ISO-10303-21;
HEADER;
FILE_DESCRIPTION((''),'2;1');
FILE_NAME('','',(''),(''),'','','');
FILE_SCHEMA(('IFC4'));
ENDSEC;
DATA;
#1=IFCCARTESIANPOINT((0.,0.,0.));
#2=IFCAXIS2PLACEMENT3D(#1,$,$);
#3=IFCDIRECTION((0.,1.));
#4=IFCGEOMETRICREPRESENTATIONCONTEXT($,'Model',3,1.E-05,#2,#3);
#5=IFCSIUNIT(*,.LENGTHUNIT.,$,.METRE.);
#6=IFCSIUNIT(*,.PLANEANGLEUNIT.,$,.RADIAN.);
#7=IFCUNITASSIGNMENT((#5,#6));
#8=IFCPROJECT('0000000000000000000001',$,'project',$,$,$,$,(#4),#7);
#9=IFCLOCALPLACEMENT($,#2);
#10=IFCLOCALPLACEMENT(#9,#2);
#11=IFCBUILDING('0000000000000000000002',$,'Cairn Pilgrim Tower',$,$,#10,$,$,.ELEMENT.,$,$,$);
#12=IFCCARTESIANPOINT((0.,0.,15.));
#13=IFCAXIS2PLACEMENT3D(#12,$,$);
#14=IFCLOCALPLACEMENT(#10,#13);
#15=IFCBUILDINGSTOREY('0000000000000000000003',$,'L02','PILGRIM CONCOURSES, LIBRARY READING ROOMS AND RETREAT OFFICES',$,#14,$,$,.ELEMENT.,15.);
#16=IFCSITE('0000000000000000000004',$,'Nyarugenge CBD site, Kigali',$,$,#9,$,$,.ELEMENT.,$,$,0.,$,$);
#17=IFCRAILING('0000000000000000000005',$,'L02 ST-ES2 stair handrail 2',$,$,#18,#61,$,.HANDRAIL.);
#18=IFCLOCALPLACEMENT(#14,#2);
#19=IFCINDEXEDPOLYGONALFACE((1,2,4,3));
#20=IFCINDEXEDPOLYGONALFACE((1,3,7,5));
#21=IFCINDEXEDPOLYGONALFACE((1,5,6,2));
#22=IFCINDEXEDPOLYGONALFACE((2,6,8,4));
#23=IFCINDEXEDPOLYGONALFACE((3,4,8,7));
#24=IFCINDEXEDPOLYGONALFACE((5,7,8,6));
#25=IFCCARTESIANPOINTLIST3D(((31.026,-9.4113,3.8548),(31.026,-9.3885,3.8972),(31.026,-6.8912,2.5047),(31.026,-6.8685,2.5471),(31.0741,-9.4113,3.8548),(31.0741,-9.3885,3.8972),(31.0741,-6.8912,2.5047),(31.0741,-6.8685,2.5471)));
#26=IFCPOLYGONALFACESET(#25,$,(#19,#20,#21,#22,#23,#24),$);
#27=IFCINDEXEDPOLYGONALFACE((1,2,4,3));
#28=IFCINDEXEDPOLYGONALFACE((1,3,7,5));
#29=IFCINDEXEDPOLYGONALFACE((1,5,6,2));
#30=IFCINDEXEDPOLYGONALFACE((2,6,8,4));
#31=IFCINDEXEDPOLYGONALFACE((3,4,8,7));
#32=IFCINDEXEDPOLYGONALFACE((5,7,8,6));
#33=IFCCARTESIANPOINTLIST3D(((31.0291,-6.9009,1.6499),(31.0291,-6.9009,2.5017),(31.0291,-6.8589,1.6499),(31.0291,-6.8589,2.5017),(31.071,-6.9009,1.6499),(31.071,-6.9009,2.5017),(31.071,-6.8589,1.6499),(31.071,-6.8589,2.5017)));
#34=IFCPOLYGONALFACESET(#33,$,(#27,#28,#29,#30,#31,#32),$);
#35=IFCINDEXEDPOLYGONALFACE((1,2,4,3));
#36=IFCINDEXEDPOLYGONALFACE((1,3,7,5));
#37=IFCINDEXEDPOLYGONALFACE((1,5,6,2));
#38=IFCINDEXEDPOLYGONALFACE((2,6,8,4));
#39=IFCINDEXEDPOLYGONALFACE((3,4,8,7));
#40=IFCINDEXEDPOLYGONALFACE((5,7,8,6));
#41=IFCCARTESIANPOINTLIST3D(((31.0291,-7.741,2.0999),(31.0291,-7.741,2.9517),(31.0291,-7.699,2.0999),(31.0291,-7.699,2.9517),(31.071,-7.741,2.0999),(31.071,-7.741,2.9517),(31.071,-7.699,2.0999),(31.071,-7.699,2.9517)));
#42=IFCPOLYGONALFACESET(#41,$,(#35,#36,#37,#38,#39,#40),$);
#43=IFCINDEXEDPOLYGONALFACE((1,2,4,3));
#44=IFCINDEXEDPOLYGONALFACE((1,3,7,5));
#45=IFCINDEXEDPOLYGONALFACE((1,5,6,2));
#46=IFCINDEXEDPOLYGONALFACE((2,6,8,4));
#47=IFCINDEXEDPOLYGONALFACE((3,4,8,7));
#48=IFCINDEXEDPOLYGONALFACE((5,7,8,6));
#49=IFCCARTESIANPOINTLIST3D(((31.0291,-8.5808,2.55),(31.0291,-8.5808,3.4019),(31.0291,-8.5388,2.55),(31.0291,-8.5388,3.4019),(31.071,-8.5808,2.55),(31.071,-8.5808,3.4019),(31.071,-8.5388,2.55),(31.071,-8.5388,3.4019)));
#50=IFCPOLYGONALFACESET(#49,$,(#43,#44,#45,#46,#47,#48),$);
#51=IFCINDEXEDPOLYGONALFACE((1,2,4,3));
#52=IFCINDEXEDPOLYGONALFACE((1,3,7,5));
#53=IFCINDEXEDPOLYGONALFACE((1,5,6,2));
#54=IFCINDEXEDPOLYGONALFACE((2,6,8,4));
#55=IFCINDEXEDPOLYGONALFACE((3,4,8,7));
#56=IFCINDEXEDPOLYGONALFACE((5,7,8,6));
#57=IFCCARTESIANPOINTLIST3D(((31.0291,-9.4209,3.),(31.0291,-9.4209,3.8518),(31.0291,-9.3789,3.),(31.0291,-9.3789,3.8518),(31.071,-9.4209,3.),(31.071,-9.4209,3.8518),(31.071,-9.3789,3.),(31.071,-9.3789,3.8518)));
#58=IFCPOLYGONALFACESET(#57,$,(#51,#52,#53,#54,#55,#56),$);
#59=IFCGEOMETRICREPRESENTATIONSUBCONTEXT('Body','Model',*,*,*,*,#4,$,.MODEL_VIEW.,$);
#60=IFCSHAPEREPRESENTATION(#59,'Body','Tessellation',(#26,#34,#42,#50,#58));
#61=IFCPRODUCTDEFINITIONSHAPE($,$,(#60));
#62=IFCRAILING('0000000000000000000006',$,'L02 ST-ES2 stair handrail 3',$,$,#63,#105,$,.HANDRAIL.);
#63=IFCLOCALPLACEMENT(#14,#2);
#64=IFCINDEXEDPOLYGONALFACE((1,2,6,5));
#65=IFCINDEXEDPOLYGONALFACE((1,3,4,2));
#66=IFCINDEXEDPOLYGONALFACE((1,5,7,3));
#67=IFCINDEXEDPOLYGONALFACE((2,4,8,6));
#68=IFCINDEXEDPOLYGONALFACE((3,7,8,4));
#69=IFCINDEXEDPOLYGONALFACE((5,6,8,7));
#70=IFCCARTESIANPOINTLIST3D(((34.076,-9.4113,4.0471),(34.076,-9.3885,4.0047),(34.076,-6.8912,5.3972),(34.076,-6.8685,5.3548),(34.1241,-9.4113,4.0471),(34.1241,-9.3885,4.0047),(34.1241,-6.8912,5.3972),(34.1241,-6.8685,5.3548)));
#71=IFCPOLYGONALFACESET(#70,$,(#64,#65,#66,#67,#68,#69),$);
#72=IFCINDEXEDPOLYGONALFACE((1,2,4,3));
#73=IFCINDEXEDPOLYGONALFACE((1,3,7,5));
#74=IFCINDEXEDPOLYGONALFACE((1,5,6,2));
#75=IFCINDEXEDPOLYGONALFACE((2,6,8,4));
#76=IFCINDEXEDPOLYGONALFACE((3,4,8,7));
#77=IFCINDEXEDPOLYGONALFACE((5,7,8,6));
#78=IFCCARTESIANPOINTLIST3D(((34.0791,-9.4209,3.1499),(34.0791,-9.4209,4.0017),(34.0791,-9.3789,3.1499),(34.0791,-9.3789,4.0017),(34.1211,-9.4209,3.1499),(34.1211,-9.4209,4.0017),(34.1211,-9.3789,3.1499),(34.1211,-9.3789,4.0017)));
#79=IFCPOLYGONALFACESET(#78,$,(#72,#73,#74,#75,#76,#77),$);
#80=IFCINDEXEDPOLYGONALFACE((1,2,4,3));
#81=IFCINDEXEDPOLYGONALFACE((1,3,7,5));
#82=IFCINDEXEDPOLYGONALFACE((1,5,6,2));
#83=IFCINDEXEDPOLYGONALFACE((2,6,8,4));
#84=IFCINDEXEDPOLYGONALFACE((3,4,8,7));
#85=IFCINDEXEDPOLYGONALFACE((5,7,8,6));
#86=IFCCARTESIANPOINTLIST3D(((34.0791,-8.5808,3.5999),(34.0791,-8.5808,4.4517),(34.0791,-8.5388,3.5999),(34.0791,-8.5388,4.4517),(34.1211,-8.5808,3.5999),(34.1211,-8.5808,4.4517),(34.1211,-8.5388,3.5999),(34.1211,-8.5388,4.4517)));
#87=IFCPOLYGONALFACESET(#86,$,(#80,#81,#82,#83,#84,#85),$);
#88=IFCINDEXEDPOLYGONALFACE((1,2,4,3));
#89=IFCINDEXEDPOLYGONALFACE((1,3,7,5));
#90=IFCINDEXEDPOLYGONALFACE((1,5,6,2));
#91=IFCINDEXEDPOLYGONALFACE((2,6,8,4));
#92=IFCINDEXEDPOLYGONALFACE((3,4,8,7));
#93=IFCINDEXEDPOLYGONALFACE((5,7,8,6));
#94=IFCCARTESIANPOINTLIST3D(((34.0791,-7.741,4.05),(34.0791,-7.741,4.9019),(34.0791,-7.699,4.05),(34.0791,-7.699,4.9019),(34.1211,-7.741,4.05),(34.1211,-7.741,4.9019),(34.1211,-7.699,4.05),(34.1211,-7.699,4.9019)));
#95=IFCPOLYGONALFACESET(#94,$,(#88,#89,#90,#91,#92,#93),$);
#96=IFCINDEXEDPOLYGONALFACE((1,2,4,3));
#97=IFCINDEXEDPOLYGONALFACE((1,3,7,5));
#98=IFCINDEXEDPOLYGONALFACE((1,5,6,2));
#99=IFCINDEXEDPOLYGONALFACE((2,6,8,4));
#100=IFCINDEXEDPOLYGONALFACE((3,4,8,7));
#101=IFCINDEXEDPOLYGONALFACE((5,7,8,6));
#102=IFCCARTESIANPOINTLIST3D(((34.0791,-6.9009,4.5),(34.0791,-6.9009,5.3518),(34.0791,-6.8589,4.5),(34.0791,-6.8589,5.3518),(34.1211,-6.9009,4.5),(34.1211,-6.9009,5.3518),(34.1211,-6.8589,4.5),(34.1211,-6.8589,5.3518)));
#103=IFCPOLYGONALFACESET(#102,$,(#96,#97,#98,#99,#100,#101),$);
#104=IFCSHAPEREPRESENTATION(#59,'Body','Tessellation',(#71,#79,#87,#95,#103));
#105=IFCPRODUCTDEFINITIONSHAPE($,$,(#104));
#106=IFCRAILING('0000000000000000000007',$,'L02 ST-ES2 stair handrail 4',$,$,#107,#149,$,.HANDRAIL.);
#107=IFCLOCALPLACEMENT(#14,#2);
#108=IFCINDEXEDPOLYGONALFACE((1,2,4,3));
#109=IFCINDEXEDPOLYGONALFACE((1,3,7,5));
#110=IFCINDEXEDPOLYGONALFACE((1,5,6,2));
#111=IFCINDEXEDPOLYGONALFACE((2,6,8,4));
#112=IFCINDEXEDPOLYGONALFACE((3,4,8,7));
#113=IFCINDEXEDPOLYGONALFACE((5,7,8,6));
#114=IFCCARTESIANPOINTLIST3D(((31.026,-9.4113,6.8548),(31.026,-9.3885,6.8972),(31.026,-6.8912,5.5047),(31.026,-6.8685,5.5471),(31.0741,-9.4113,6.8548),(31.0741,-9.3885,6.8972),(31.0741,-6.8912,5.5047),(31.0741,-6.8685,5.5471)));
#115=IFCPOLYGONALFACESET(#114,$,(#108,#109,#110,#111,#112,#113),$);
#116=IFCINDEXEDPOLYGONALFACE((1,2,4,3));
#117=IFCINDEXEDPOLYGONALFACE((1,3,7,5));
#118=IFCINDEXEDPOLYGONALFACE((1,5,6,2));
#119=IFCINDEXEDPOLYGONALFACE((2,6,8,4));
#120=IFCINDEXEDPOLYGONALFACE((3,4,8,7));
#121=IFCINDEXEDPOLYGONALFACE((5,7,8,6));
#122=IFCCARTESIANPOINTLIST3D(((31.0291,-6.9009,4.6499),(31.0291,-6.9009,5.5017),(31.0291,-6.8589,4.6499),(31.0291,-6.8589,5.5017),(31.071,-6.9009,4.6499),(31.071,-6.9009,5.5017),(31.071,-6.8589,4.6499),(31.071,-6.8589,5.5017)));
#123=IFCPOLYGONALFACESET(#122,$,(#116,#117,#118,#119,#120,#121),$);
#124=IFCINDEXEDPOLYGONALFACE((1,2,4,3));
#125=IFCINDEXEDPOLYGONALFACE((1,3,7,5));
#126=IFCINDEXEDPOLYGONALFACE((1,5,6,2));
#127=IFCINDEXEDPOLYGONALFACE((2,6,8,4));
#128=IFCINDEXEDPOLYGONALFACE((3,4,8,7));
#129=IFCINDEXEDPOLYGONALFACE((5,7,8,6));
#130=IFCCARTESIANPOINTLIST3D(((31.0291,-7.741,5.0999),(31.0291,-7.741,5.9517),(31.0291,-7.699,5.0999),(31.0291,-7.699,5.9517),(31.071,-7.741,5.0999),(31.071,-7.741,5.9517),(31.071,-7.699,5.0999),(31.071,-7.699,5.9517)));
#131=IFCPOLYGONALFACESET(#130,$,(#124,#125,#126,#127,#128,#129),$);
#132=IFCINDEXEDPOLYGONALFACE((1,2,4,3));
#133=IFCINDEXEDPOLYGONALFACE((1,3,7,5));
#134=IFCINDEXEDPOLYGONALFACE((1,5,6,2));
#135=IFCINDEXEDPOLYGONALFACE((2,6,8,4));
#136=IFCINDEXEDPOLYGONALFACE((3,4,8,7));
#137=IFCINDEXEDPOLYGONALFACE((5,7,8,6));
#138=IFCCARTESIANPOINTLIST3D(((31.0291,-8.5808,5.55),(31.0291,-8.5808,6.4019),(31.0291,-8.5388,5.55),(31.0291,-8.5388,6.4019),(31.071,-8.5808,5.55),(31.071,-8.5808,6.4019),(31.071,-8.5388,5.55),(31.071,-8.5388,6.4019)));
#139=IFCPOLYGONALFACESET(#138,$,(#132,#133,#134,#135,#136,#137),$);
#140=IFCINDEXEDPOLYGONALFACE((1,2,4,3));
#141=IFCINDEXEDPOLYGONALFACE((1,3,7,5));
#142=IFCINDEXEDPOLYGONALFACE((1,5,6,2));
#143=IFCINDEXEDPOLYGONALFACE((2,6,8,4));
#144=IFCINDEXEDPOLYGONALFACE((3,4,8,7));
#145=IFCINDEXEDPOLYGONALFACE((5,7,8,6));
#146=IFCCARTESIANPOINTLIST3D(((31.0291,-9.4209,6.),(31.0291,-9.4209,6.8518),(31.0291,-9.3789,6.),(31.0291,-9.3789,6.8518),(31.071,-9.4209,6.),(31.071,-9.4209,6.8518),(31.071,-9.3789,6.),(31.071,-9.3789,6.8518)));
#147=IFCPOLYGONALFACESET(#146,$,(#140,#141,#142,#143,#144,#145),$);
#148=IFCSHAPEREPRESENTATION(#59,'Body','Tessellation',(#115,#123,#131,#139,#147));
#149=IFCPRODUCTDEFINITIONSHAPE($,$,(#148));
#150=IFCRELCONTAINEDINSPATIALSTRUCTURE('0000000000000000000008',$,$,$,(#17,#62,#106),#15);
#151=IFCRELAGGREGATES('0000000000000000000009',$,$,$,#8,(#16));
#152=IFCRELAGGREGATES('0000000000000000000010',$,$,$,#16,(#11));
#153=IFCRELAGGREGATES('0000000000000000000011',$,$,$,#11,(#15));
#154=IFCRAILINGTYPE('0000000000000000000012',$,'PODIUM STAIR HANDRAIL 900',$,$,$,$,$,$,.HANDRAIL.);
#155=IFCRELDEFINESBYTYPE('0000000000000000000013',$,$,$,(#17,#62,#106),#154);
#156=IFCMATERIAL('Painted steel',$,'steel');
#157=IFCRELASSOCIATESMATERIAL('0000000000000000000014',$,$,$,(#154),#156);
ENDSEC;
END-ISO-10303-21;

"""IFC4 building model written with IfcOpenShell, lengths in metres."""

from ifc_helpers import new_model, si_unit, direction, frame, origin, origin_2d, place, context, subcontext, project, spatial, rectangle, extrude, material, type_object, element, save


model = new_model("IFC4")

# Units and contexts
model_context = context("Model", 3, precision=1e-05, world=origin(), true_north=direction((0.0, 1.0)))
body_context = subcontext(model_context, "Body", "Model", "MODEL_VIEW")
ifc_project = project(units=[si_unit("LENGTHUNIT", "METRE"), si_unit("PLANEANGLEUNIT", "RADIAN")], contexts=[model_context])

# Site, building, storey
site_placement = place(None, origin())
site = spatial("IfcSite", under=ifc_project, at=site_placement, Name="Nyarugenge CBD site, Kigali", CompositionType="ELEMENT", RefElevation=0.0)
building_placement = place(site_placement, origin())
building = spatial("IfcBuilding", under=site, at=building_placement, Name="Cairn Pilgrim Tower", CompositionType="ELEMENT")
storey_placement = place(building_placement, frame((0.0, 0.0, 15.0)))
storey = spatial("IfcBuildingStorey", under=building, at=storey_placement, Name="L02", Description="PILGRIM CONCOURSES, LIBRARY READING ROOMS AND RETREAT OFFICES", CompositionType="ELEMENT", Elevation=15.0)

# Railings
ifc_material_1 = material(Name="Painted steel", Category="steel")
railing_type_1 = type_object("IfcRailingType", Name="PODIUM STAIR HANDRAIL 900", PredefinedType="HANDRAIL", material=ifc_material_1)
railing_1_placement = place(storey_placement, frame((31.05, -6.8799, 1.6499)))
element("IfcRailing", 1, at=railing_1_placement, inside=storey, type_object=railing_type_1, Name="L02 ST-ES2 stair handrail 2", PredefinedType="HANDRAIL", context=body_context, shape_type="SweptSolid", body=[
    extrude(rectangle(XDim=0.0481, YDim=0.0481, at=origin_2d()), frame((0.0, 0.0, 0.876), z_axis=(0.0, -0.881467, 0.472245), x_axis=(1.0, 0.0, 0.0)), (0.0, 0.0, 1.0), 2.8589),
    extrude(rectangle(XDim=0.042, YDim=0.042, at=origin_2d()), origin(), (0.0, 0.0, 1.0), 0.8518),
    extrude(rectangle(XDim=0.042, YDim=0.042, at=origin_2d()), frame((0.0, -0.8401, 0.45)), (0.0, 0.0, 1.0), 0.8518),
    extrude(rectangle(XDim=0.042, YDim=0.042, at=origin_2d()), frame((0.0, -1.6799, 0.9001)), (0.0, 0.0, 1.0), 0.8518),
    extrude(rectangle(XDim=0.042, YDim=0.042, at=origin_2d()), frame((0.0, -2.52, 1.3501)), (0.0, 0.0, 1.0), 0.8518),
])
railing_2_placement = place(storey_placement, frame((34.1001, -9.3999, 3.1499)))
element("IfcRailing", 2, at=railing_2_placement, inside=storey, type_object=railing_type_1, Name="L02 ST-ES2 stair handrail 3", PredefinedType="HANDRAIL", context=body_context, shape_type="SweptSolid", body=[
    extrude(rectangle(XDim=0.0481, YDim=0.0481, at=origin_2d()), frame((0.0, 0.0, 0.876), z_axis=(0.0, 0.881467, 0.472245), x_axis=(-1.0, 0.0, 0.0)), (0.0, 0.0, 1.0), 2.8589),
    extrude(rectangle(XDim=0.042, YDim=0.042, at=origin_2d()), origin(), (0.0, 0.0, 1.0), 0.8518),
    extrude(rectangle(XDim=0.042, YDim=0.042, at=origin_2d()), frame((0.0, 0.8401, 0.45)), (0.0, 0.0, 1.0), 0.8518),
    extrude(rectangle(XDim=0.042, YDim=0.042, at=origin_2d()), frame((0.0, 1.6799, 0.9001)), (0.0, 0.0, 1.0), 0.8518),
    extrude(rectangle(XDim=0.042, YDim=0.042, at=origin_2d()), frame((0.0, 2.52, 1.3501)), (0.0, 0.0, 1.0), 0.8518),
])
railing_3_placement = place(storey_placement, frame((31.05, -6.8799, 4.6499)))
element("IfcRailing", 3, at=railing_3_placement, inside=storey, type_object=railing_type_1, Name="L02 ST-ES2 stair handrail 4", PredefinedType="HANDRAIL", context=body_context, shape_type="SweptSolid", body=[
    extrude(rectangle(XDim=0.0481, YDim=0.0481, at=origin_2d()), frame((0.0, 0.0, 0.876), z_axis=(0.0, -0.881467, 0.472245), x_axis=(1.0, 0.0, 0.0)), (0.0, 0.0, 1.0), 2.8589),
    extrude(rectangle(XDim=0.042, YDim=0.042, at=origin_2d()), origin(), (0.0, 0.0, 1.0), 0.8518),
    extrude(rectangle(XDim=0.042, YDim=0.042, at=origin_2d()), frame((0.0, -0.8401, 0.45)), (0.0, 0.0, 1.0), 0.8518),
    extrude(rectangle(XDim=0.042, YDim=0.042, at=origin_2d()), frame((0.0, -1.6799, 0.9001)), (0.0, 0.0, 1.0), 0.8518),
    extrude(rectangle(XDim=0.042, YDim=0.042, at=origin_2d()), frame((0.0, -2.52, 1.3501)), (0.0, 0.0, 1.0), 0.8518),
])

save(model, "model.ifc")
